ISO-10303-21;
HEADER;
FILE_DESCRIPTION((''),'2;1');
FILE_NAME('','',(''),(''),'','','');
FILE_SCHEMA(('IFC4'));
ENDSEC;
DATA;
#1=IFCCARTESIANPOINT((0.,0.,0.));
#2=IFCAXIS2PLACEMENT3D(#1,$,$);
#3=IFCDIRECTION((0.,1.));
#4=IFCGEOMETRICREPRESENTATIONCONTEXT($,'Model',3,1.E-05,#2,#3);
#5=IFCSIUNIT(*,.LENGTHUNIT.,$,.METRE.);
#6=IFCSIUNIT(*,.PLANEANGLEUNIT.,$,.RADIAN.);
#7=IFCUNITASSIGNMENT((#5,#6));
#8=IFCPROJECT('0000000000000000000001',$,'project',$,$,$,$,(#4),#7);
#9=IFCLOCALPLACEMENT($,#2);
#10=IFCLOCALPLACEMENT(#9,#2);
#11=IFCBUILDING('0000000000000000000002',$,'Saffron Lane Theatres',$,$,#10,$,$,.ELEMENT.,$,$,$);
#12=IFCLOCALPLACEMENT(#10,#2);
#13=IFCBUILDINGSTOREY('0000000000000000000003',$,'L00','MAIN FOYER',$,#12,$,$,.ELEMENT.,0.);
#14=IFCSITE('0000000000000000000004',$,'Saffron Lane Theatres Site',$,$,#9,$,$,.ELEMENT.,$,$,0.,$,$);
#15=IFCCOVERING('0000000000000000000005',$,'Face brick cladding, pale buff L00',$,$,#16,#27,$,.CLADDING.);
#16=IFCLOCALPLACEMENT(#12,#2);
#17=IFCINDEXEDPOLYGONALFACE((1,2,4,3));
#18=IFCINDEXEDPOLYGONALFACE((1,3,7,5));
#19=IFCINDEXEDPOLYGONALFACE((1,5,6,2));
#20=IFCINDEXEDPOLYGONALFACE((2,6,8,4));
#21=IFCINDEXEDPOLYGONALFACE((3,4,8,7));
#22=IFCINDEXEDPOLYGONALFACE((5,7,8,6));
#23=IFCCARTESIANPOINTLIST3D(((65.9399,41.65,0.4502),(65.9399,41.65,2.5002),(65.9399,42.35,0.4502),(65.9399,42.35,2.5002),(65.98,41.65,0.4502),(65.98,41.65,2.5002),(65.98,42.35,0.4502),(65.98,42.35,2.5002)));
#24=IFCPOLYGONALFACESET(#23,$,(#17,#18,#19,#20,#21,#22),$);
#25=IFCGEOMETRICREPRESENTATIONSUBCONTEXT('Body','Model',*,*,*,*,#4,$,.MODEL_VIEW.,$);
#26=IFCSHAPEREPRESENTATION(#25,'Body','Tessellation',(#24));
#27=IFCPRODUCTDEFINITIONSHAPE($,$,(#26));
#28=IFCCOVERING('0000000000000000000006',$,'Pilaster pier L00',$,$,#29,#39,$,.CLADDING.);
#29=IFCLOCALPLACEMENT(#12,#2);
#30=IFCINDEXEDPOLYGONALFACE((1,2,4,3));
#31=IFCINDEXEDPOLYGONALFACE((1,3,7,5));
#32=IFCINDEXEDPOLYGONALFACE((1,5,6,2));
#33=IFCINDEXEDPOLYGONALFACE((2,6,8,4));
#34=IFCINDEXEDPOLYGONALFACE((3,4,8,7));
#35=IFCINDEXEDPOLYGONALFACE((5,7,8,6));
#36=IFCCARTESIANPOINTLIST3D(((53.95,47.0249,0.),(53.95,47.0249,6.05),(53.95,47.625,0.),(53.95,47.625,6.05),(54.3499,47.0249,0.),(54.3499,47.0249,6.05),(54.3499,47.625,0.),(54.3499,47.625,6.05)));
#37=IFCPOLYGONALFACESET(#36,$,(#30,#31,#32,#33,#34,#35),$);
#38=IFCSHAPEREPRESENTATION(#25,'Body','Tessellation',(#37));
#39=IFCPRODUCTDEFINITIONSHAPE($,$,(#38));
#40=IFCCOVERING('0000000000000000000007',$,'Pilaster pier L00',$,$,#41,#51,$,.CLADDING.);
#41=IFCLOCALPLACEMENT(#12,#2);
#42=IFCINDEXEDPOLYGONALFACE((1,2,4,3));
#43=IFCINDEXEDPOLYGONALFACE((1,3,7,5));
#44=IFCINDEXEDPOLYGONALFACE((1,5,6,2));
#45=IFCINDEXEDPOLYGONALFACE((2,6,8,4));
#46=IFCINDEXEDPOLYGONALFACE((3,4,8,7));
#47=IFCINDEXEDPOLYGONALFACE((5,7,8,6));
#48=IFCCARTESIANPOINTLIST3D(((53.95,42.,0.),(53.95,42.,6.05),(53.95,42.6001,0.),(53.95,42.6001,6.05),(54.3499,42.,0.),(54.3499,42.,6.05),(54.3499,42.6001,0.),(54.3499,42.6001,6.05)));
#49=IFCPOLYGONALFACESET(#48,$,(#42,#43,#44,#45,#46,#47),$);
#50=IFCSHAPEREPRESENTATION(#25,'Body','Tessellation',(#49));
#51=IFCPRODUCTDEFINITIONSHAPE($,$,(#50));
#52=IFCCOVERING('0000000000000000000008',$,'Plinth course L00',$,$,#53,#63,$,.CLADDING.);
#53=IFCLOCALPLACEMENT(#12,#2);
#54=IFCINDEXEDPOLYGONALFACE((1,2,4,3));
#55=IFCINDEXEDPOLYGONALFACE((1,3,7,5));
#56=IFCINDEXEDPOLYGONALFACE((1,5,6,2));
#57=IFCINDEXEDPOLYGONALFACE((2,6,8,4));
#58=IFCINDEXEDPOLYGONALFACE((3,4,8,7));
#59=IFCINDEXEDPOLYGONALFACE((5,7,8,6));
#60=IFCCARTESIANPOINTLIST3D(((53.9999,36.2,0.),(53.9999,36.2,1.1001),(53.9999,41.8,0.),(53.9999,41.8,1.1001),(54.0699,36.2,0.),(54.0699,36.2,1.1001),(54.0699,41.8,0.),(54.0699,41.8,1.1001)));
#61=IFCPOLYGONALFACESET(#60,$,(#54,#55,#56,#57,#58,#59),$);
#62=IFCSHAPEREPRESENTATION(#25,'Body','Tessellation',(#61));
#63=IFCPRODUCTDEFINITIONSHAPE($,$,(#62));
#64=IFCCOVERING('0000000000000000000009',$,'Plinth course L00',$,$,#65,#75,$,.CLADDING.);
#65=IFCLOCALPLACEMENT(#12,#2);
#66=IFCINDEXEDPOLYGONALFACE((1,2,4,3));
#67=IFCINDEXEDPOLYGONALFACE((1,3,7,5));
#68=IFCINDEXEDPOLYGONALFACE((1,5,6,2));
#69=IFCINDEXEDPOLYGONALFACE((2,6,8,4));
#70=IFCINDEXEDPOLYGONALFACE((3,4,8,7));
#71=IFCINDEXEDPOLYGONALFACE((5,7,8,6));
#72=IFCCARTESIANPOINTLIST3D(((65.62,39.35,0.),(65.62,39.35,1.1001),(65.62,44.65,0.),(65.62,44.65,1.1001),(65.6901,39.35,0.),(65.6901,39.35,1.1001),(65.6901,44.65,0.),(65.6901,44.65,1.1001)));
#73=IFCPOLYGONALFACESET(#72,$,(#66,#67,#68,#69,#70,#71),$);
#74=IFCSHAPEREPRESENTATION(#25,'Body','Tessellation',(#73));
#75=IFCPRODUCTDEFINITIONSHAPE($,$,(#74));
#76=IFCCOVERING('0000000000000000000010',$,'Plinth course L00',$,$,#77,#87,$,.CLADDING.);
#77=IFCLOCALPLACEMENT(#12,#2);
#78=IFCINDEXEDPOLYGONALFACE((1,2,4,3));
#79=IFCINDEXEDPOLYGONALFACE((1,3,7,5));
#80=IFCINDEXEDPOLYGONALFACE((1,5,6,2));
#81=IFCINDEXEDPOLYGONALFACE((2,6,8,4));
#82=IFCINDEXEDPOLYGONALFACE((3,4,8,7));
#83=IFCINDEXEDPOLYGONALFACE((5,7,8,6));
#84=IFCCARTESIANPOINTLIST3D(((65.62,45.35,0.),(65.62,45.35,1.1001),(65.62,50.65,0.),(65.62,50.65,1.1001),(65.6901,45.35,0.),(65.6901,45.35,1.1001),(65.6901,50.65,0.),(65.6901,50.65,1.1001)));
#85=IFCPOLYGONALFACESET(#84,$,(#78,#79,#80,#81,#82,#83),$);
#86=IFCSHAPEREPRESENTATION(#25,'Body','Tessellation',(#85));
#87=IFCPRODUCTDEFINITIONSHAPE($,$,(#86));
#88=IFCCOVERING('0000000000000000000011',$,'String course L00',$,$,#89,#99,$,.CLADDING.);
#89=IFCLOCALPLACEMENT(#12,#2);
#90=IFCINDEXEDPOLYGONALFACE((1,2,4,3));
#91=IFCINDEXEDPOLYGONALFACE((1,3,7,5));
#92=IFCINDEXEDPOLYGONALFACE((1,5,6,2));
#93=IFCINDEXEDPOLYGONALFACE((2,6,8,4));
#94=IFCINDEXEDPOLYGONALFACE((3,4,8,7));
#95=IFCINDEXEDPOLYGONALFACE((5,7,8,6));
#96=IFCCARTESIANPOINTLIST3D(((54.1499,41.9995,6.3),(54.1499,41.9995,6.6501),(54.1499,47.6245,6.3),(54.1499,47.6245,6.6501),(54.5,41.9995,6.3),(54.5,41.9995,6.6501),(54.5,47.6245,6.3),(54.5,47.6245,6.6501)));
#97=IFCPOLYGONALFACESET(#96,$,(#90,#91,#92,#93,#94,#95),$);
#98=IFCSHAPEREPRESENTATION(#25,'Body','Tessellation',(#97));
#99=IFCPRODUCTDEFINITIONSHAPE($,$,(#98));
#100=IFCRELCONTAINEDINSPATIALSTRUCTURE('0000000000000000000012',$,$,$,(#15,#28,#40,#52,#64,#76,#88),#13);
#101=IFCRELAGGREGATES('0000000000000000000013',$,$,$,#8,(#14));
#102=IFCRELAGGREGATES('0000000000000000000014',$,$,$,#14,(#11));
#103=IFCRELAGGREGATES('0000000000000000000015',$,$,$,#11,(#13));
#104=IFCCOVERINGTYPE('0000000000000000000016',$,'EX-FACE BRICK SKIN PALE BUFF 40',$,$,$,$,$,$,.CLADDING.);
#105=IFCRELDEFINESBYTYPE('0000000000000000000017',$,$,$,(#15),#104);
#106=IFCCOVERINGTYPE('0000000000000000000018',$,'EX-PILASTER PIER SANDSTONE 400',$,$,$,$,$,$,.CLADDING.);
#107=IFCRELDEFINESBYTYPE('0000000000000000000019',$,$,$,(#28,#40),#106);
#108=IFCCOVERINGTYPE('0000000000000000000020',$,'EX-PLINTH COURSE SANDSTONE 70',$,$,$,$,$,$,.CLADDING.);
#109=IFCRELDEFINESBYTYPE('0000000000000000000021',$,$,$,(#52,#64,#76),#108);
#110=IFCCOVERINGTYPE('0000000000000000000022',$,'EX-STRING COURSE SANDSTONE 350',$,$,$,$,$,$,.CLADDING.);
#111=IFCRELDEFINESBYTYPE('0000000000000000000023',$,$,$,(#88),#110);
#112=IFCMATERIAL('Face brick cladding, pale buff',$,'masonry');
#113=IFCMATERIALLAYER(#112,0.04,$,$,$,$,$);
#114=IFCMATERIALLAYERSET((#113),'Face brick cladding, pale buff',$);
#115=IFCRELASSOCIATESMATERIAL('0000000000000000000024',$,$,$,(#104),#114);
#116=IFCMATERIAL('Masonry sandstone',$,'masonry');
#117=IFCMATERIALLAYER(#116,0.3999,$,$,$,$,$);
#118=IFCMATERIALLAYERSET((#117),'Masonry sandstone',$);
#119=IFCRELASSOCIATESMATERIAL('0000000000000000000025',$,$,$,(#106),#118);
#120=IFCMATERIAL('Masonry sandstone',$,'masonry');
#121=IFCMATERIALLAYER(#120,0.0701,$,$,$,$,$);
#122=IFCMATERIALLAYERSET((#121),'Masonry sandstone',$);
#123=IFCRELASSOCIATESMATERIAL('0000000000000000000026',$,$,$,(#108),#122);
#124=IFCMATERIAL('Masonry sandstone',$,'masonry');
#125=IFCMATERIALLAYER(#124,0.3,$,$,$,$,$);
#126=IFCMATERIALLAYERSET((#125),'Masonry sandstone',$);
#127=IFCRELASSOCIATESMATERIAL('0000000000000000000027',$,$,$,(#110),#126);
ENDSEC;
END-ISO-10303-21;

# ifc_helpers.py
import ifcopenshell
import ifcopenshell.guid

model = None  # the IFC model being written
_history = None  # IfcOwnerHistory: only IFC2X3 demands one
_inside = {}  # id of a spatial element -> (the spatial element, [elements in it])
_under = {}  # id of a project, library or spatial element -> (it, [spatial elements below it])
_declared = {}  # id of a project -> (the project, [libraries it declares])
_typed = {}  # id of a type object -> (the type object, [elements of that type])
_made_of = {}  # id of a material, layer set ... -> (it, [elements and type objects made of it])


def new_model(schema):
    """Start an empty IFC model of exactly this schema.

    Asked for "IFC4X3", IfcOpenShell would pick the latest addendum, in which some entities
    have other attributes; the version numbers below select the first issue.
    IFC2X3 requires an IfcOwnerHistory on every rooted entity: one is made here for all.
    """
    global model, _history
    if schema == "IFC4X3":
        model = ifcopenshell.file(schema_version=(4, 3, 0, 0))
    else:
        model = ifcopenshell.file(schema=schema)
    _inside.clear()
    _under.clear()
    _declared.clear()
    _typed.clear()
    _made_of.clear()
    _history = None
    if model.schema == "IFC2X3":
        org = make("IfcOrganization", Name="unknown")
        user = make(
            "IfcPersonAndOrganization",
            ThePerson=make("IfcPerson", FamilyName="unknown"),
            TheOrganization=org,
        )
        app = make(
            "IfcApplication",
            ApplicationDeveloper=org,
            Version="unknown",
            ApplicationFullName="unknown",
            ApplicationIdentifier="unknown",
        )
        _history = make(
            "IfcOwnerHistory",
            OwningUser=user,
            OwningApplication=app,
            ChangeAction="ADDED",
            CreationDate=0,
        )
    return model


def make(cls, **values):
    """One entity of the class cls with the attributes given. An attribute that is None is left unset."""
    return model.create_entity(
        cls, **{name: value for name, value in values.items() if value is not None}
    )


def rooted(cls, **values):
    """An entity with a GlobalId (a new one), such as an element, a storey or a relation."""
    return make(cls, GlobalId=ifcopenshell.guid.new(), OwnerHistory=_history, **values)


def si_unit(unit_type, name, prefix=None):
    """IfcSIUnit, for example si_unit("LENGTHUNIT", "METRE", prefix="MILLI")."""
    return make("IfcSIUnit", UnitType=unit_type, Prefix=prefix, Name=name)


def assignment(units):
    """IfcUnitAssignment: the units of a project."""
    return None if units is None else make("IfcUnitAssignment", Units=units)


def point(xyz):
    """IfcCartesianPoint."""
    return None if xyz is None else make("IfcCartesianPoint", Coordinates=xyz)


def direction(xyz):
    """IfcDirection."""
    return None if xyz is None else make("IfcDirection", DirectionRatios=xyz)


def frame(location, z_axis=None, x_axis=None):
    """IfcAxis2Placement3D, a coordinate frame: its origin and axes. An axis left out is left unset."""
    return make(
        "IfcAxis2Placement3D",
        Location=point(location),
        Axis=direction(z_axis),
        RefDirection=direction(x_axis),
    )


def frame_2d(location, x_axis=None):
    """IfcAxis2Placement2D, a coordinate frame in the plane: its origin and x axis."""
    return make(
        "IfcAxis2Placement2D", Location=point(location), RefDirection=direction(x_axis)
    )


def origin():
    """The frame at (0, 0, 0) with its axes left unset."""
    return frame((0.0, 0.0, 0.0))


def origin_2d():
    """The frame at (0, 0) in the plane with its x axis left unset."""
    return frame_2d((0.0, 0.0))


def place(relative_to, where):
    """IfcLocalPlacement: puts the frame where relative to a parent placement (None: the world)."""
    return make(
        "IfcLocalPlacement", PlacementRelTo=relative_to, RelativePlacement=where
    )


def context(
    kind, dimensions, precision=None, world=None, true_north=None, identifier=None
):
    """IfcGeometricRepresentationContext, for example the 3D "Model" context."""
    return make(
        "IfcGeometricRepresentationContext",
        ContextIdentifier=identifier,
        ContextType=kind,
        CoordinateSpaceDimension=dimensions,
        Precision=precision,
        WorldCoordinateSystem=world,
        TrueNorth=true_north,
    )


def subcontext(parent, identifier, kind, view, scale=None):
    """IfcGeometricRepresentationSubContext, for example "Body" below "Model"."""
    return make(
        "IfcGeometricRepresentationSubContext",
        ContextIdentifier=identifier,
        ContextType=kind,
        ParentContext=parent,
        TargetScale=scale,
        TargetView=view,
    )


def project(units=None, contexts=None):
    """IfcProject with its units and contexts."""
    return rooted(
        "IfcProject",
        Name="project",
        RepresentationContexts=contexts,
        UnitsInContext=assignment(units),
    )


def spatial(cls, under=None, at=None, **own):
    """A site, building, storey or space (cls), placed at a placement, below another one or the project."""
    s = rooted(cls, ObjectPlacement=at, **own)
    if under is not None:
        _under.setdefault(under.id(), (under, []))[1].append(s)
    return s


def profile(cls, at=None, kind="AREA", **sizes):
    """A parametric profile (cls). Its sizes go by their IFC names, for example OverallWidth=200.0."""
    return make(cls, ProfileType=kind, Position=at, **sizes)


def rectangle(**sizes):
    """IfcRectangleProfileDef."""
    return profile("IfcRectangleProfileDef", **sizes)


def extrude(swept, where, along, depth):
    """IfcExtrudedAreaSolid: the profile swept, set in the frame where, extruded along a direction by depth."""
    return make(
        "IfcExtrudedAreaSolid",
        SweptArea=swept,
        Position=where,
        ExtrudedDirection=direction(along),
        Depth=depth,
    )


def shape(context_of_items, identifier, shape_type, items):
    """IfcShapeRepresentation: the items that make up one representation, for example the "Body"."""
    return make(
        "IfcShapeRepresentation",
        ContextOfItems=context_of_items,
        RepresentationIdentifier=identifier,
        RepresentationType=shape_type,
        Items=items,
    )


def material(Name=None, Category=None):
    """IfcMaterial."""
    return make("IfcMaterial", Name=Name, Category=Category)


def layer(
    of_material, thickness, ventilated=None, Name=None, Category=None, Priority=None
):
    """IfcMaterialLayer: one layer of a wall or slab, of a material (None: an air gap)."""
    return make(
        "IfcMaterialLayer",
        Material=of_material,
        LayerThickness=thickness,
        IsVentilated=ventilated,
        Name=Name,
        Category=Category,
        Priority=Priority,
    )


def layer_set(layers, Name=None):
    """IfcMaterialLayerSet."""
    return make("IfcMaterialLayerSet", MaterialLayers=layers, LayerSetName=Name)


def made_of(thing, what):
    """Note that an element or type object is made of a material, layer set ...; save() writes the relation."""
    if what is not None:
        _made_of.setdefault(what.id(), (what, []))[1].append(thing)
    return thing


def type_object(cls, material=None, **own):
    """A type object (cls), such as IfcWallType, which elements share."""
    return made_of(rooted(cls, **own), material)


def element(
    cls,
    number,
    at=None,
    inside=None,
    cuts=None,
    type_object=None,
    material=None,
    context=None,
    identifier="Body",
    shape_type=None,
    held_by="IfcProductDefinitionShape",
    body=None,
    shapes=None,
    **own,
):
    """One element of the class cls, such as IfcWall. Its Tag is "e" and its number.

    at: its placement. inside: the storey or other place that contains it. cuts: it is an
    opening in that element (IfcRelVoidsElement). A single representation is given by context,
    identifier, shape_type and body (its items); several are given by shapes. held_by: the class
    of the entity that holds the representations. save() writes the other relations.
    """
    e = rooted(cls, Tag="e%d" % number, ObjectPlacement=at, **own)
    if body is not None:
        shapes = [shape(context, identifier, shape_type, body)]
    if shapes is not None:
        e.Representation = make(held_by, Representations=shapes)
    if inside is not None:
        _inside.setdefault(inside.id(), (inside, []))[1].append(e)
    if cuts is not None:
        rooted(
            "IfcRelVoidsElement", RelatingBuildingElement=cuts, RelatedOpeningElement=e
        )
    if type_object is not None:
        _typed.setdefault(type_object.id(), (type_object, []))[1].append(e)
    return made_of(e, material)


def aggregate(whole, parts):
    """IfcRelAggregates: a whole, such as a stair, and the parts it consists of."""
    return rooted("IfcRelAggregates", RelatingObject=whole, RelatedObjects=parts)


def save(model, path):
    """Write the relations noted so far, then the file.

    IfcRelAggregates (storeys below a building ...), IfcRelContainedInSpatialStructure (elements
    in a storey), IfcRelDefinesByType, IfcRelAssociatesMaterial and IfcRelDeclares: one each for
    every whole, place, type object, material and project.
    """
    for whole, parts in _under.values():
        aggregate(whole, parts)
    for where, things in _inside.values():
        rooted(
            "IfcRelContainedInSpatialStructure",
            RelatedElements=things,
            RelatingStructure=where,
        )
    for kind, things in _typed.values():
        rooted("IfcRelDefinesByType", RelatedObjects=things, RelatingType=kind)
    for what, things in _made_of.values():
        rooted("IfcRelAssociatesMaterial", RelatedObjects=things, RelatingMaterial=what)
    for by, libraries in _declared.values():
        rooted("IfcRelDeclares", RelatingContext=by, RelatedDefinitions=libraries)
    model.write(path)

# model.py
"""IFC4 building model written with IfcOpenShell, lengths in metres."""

from ifc_helpers import new_model, si_unit, direction, frame, origin, origin_2d, place, context, subcontext, project, spatial, rectangle, extrude, material, layer, layer_set, type_object, element, save


model = new_model("IFC4")

# Units and contexts
model_context = context("Model", 3, precision=1e-05, world=origin(), true_north=direction((0.0, 1.0)))
body_context = subcontext(model_context, "Body", "Model", "MODEL_VIEW")
ifc_project = project(units=[si_unit("LENGTHUNIT", "METRE"), si_unit("PLANEANGLEUNIT", "RADIAN")], contexts=[model_context])

# Site, building, storey
site_placement = place(None, origin())
site = spatial("IfcSite", under=ifc_project, at=site_placement, Name="Saffron Lane Theatres Site", CompositionType="ELEMENT", RefElevation=0.0)
building_placement = place(site_placement, origin())
building = spatial("IfcBuilding", under=site, at=building_placement, Name="Saffron Lane Theatres", CompositionType="ELEMENT")
storey_placement = place(building_placement, origin())
storey = spatial("IfcBuildingStorey", under=building, at=storey_placement, Name="L00", Description="MAIN FOYER", CompositionType="ELEMENT", Elevation=0.0)

# Coverings
ifc_material_1 = material(Name="Face brick cladding, pale buff", Category="masonry")
ifc_layer_1 = layer(ifc_material_1, 0.04)
ifc_layer_set_1 = layer_set([ifc_layer_1], Name="Face brick cladding, pale buff")
covering_type_1 = type_object("IfcCoveringType", Name="EX-FACE BRICK SKIN PALE BUFF 40", PredefinedType="CLADDING", material=ifc_layer_set_1)
covering_1_placement = place(storey_placement, frame((65.96, 42.0, 0.4502), z_axis=(0.0, 0.0, 1.0), x_axis=(0.0, 1.0, 0.0)))
element("IfcCovering", 1, at=covering_1_placement, inside=storey, type_object=covering_type_1, Name="Face brick cladding, pale buff L00", PredefinedType="CLADDING", context=body_context, shape_type="SweptSolid", body=[
    extrude(rectangle(XDim=0.7, YDim=0.04, at=origin_2d()), origin(), (0.0, 0.0, 1.0), 2.05),
])
ifc_material_2 = material(Name="Masonry sandstone", Category="masonry")
ifc_layer_2 = layer(ifc_material_2, 0.3999)
ifc_layer_set_2 = layer_set([ifc_layer_2], Name="Masonry sandstone")
covering_type_2 = type_object("IfcCoveringType", Name="EX-PILASTER PIER SANDSTONE 400", PredefinedType="CLADDING", material=ifc_layer_set_2)
for number, where, z_axis, x_axis, name in (
    (2, (54.1499, 47.325, 0.0), (0.0, 0.0, 1.0), (0.0, -1.0, 0.0), "Pilaster pier L00"),
    (3, (54.1499, 42.3, 0.0), (0.0, 0.0, 1.0), (0.0, -1.0, 0.0), "Pilaster pier L00"),
):
    element("IfcCovering", number, at=place(storey_placement, frame(where, z_axis=z_axis, x_axis=x_axis)), inside=storey, type_object=covering_type_2, Name=name, PredefinedType="CLADDING", context=body_context, shape_type="SweptSolid", body=[
        extrude(rectangle(XDim=0.6001, YDim=0.3999, at=origin_2d()), origin(), (0.0, 0.0, 1.0), 6.05),
    ])
ifc_material_3 = material(Name="Masonry sandstone", Category="masonry")
ifc_layer_3 = layer(ifc_material_3, 0.0701)
ifc_layer_set_3 = layer_set([ifc_layer_3], Name="Masonry sandstone")
covering_type_3 = type_object("IfcCoveringType", Name="EX-PLINTH COURSE SANDSTONE 70", PredefinedType="CLADDING", material=ifc_layer_set_3)
covering_2_placement = place(storey_placement, frame((54.0349, 39.0, 0.0), z_axis=(0.0, 0.0, 1.0), x_axis=(0.0, 1.0, 0.0)))
element("IfcCovering", 4, at=covering_2_placement, inside=storey, type_object=covering_type_3, Name="Plinth course L00", PredefinedType="CLADDING", context=body_context, shape_type="SweptSolid", body=[
    extrude(rectangle(XDim=5.6001, YDim=0.0701, at=origin_2d()), origin(), (0.0, 0.0, 1.0), 1.1001),
])
for number, where, z_axis, x_axis, name in (
    (5, (65.655, 42.0, 0.0), (0.0, 0.0, 1.0), (0.0, 1.0, 0.0), "Plinth course L00"),
    (6, (65.655, 48.0, 0.0), (0.0, 0.0, 1.0), (0.0, 1.0, 0.0), "Plinth course L00"),
):
    element("IfcCovering", number, at=place(storey_placement, frame(where, z_axis=z_axis, x_axis=x_axis)), inside=storey, type_object=covering_type_3, Name=name, PredefinedType="CLADDING", context=body_context, shape_type="SweptSolid", body=[
        extrude(rectangle(XDim=5.3, YDim=0.0701, at=origin_2d()), origin(), (0.0, 0.0, 1.0), 1.1001),
    ])
ifc_material_4 = material(Name="Masonry sandstone", Category="masonry")
ifc_layer_4 = layer(ifc_material_4, 0.3)
ifc_layer_set_4 = layer_set([ifc_layer_4], Name="Masonry sandstone")
covering_type_4 = type_object("IfcCoveringType", Name="EX-STRING COURSE SANDSTONE 350", PredefinedType="CLADDING", material=ifc_layer_set_4)
covering_3_placement = place(storey_placement, frame((54.325, 44.812, 6.3), z_axis=(0.0, 0.0, 1.0), x_axis=(0.0, -1.0, 0.0)))
element("IfcCovering", 7, at=covering_3_placement, inside=storey, type_object=covering_type_4, Name="String course L00", PredefinedType="CLADDING", context=body_context, shape_type="SweptSolid", body=[
    extrude(rectangle(XDim=5.625, YDim=0.3501, at=origin_2d()), origin(), (0.0, 0.0, 1.0), 0.3501),
])

save(model, "model.ifc")
